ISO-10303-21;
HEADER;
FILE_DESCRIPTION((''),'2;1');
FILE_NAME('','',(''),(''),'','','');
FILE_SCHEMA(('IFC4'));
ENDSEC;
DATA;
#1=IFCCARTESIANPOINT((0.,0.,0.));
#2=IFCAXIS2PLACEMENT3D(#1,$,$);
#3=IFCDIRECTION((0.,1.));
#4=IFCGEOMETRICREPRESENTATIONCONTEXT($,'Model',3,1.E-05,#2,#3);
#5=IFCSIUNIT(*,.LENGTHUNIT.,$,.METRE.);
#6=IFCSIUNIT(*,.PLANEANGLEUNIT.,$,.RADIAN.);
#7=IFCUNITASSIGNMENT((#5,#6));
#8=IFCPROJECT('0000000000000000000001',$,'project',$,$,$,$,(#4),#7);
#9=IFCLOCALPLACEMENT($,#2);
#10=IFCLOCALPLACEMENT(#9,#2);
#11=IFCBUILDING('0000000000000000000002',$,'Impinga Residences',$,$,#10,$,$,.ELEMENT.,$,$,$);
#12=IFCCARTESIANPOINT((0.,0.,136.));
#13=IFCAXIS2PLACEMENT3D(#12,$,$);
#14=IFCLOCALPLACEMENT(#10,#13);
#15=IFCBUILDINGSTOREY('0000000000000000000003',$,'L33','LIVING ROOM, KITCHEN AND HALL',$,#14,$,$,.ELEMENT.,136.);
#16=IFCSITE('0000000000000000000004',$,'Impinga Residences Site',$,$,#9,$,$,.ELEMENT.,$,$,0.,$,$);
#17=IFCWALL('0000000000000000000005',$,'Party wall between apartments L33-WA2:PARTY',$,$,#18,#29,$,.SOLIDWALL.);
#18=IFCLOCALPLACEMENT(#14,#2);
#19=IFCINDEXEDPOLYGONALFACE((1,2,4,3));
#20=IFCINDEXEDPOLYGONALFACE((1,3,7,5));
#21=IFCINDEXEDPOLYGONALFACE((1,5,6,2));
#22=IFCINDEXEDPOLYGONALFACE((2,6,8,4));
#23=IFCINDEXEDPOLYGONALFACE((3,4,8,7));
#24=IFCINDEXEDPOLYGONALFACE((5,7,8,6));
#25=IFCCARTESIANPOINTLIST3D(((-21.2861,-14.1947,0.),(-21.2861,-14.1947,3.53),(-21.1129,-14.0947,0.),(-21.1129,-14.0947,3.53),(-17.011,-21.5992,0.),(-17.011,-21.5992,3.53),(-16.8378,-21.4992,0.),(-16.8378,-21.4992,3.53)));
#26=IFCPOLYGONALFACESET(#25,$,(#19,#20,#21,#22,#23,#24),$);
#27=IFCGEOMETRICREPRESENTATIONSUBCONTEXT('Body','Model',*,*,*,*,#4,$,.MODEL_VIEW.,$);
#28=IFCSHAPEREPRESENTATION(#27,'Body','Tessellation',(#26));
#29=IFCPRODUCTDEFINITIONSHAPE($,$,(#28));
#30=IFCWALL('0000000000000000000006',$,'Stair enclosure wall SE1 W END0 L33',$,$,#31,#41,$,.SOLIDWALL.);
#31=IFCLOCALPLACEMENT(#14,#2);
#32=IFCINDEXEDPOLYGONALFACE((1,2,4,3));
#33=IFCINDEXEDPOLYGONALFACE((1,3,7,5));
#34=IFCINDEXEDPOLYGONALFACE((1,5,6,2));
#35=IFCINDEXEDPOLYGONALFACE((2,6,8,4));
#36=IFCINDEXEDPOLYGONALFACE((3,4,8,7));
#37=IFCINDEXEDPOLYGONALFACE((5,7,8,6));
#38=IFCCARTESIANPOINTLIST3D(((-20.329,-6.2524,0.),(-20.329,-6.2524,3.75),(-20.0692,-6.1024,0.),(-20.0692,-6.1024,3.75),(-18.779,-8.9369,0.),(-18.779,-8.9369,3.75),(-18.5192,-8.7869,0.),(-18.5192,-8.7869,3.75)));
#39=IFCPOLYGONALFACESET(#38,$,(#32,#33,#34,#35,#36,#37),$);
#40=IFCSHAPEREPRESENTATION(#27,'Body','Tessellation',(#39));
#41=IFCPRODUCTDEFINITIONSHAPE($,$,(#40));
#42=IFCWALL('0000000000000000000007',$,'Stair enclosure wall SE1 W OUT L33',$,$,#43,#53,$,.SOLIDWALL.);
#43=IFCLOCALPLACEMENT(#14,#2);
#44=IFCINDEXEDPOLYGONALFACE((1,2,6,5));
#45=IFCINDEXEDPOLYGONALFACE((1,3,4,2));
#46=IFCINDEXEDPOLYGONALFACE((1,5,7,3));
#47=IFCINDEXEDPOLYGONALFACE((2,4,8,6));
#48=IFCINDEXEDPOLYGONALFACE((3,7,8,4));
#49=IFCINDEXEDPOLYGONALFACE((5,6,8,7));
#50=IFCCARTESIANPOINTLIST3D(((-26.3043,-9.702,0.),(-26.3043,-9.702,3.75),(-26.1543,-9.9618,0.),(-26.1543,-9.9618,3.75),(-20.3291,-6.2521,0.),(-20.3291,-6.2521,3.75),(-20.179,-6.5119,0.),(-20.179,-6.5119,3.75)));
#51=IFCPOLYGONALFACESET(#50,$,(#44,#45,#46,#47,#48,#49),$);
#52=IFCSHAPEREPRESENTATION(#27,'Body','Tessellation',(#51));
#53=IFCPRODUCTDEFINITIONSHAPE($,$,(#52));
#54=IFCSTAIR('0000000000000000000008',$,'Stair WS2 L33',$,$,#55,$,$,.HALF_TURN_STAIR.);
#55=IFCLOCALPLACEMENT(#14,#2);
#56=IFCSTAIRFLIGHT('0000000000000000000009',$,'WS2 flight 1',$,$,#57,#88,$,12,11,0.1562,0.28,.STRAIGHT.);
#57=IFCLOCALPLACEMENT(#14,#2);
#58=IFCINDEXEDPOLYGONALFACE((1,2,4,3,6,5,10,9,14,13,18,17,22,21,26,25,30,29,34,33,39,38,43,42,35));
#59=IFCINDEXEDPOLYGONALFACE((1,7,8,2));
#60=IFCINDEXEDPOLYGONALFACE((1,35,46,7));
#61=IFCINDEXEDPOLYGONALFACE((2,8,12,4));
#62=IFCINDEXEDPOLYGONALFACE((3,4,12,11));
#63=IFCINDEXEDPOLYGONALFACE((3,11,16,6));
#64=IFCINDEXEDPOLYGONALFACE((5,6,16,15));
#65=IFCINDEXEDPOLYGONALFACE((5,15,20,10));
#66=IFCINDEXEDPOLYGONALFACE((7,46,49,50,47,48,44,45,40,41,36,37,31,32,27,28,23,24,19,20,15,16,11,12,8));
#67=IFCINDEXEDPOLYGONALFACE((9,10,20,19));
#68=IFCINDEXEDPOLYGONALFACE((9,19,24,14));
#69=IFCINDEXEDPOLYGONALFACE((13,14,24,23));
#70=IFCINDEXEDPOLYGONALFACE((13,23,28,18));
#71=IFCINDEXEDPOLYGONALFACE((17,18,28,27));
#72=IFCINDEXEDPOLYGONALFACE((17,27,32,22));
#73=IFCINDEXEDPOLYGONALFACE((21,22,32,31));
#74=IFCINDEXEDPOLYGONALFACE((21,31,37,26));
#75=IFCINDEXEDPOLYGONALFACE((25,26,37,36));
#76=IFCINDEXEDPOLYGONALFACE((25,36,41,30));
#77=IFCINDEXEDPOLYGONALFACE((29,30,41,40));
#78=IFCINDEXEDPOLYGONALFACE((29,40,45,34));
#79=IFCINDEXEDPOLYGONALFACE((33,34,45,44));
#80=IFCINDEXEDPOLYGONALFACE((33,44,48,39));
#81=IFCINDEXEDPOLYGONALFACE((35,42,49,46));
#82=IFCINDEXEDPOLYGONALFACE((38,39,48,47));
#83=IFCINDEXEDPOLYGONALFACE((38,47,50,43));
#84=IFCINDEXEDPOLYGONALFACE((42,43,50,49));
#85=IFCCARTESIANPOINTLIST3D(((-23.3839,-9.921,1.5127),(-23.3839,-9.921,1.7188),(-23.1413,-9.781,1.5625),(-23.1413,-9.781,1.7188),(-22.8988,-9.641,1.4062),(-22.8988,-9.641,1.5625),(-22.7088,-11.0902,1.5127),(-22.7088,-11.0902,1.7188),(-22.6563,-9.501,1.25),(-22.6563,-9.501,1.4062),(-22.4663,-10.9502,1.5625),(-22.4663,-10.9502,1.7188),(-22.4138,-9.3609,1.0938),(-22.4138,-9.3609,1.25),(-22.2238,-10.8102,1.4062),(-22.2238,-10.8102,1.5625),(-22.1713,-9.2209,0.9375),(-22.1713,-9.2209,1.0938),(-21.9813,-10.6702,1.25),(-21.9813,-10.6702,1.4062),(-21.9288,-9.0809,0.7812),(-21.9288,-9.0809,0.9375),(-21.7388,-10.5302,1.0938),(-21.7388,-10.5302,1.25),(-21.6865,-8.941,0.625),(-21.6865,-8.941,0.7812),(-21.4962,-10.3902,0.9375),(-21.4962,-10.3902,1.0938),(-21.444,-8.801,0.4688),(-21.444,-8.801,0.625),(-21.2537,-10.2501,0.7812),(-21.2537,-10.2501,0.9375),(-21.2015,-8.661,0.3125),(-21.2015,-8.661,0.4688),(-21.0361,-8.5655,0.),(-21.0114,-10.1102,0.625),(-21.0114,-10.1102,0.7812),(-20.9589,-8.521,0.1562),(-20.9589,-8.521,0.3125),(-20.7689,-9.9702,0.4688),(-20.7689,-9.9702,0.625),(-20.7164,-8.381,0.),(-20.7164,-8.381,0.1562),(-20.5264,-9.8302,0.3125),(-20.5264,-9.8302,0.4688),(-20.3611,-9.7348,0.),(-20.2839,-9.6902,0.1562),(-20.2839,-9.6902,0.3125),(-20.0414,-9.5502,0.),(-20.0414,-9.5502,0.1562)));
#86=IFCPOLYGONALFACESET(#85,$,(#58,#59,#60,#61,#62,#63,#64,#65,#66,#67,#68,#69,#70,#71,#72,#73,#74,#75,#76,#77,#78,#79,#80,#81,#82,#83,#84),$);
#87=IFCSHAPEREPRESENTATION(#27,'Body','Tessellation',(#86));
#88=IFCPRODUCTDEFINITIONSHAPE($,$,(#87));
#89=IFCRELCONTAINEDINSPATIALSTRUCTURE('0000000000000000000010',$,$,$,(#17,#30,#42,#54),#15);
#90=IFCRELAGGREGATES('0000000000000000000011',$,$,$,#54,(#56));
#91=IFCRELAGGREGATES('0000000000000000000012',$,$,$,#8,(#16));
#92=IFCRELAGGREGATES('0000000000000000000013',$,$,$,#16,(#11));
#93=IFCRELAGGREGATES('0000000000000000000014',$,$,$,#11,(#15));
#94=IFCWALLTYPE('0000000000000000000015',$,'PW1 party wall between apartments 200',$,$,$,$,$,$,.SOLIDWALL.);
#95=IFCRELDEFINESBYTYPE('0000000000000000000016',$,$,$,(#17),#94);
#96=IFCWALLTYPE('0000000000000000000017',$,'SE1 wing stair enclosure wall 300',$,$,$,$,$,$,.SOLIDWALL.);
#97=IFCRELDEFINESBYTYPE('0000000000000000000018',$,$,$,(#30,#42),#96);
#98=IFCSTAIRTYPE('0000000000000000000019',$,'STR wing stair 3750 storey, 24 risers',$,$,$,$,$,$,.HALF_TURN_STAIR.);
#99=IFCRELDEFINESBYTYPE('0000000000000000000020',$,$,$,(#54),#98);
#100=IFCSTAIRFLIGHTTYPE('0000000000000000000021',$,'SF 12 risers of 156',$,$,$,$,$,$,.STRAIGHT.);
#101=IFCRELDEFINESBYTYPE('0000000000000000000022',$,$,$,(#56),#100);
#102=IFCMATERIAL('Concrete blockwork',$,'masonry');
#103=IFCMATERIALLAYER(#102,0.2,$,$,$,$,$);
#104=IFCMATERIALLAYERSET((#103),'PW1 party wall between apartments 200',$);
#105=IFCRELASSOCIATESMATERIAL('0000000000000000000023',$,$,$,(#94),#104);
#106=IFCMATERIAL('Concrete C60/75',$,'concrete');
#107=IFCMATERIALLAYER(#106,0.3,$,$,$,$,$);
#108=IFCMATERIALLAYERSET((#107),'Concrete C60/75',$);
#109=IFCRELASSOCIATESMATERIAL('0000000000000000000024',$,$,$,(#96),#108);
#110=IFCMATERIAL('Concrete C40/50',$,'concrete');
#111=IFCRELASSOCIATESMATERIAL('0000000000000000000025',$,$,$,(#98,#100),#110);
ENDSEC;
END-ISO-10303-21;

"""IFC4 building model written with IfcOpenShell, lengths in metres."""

from ifc_helpers import new_model, si_unit, direction, frame, frame_2d, origin, place, context, subcontext, project, spatial, polyline, rectangle, outline, extrude, material, layer, layer_set, type_object, element, aggregate, save


model = new_model("IFC4")

# Units and contexts
model_context = context("Model", 3, precision=1e-05, world=origin(), true_north=direction((0.0, 1.0)))
body_context = subcontext(model_context, "Body", "Model", "MODEL_VIEW")
ifc_project = project(units=[si_unit("LENGTHUNIT", "METRE"), si_unit("PLANEANGLEUNIT", "RADIAN")], contexts=[model_context])

# Site, building, storey
site_placement = place(None, origin())
site = spatial("IfcSite", under=ifc_project, at=site_placement, Name="Impinga Residences Site", CompositionType="ELEMENT", RefElevation=0.0)
building_placement = place(site_placement, origin())
building = spatial("IfcBuilding", under=site, at=building_placement, Name="Impinga Residences", CompositionType="ELEMENT")
storey_placement = place(building_placement, frame((0.0, 0.0, 136.0)))
storey = spatial("IfcBuildingStorey", under=building, at=storey_placement, Name="L33", Description="LIVING ROOM, KITCHEN AND HALL", CompositionType="ELEMENT", Elevation=136.0)

# Shared definitions
ifc_material_1 = material(Name="Concrete C60/75", Category="concrete")

# Shared definitions
ifc_material_2 = material(Name="Concrete blockwork", Category="masonry")

# Walls
ifc_layer_1 = layer(ifc_material_2, 0.2)
ifc_layer_set_1 = layer_set([ifc_layer_1], Name="PW1 party wall between apartments 200")
wall_type_1 = type_object("IfcWallType", Name="PW1 party wall between apartments 200", PredefinedType="SOLIDWALL", material=ifc_layer_set_1)
wall_1_placement = place(storey_placement, frame((-21.1995, -14.1448, 0.0), z_axis=(0.0, 0.0, 1.0), x_axis=(0.500012, -0.866019, 0.0)))
element("IfcWall", 1, at=wall_1_placement, inside=storey, type_object=wall_type_1, Name="Party wall between apartments L33-WA2:PARTY", PredefinedType="SOLIDWALL", context=body_context, shape_type="SweptSolid", body=[
    extrude(rectangle(XDim=8.55, YDim=0.2, at=frame_2d((4.2749, 0.0))), origin(), (0.0, 0.0, 1.0), 3.53),
])
ifc_layer_2 = layer(ifc_material_1, 0.3)
ifc_layer_set_2 = layer_set([ifc_layer_2], Name="Concrete C60/75")
wall_type_2 = type_object("IfcWallType", Name="SE1 wing stair enclosure wall 300", PredefinedType="SOLIDWALL", material=ifc_layer_set_2)
wall_2_placement = place(storey_placement, frame((-18.6492, -8.8618, 0.0), z_axis=(0.0, 0.0, 1.0), x_axis=(-0.500027, 0.86601, 0.0)))
element("IfcWall", 2, at=wall_2_placement, inside=storey, type_object=wall_type_2, Name="Stair enclosure wall SE1 W END0 L33", PredefinedType="SOLIDWALL", context=body_context, shape_type="SweptSolid", body=[
    extrude(rectangle(XDim=3.0999, YDim=0.3, at=frame_2d((1.5498, 0.0))), origin(), (0.0, 0.0, 1.0), 3.75),
])
wall_3_placement = place(storey_placement, frame((-20.2542, -6.3821, 0.0), z_axis=(0.0, 0.0, 1.0), x_axis=(-0.86602, -0.500009, 0.0)))
element("IfcWall", 3, at=wall_3_placement, inside=storey, type_object=wall_type_2, Name="Stair enclosure wall SE1 W OUT L33", PredefinedType="SOLIDWALL", context=body_context, shape_type="SweptSolid", body=[
    extrude(rectangle(XDim=6.8997, YDim=0.3, at=frame_2d((3.4497, 0.0))), origin(), (0.0, 0.0, 1.0), 3.75),
])

# Stair, stair flight
ifc_material_3 = material(Name="Concrete C40/50", Category="concrete")
stair_type = type_object("IfcStairType", Name="STR wing stair 3750 storey, 24 risers", PredefinedType="HALF_TURN_STAIR", material=ifc_material_3)
stair_placement = place(storey_placement, origin())
stair = element("IfcStair", 4, at=stair_placement, inside=storey, type_object=stair_type, Name="Stair WS2 L33", PredefinedType="HALF_TURN_STAIR")
stair_flight_type = type_object("IfcStairFlightType", Name="SF 12 risers of 156", PredefinedType="STRAIGHT", material=ifc_material_3)
stair_flight_placement = place(storey_placement, frame((-20.3789, -8.9656, 0.0), z_axis=(0.0, 0.0, 1.0), x_axis=(-0.866025, -0.5, 0.0)))
stair_flight = element("IfcStairFlight", 5, at=stair_flight_placement, type_object=stair_flight_type, Name="WS2 flight 1", NumberOfRisers=12, NumberOfTreads=11, PredefinedType="STRAIGHT", RiserHeight=0.1562, TreadLength=0.28, context=body_context, shape_type="SweptSolid", body=[
    extrude(outline(polyline([(0.0, 0.0), (0.0, 0.1562), (0.28, 0.1562), (0.28, 0.3125), (0.5601, 0.3125), (0.5601, 0.4688), (0.8401, 0.4688), (0.8401, 0.625), (1.1201, 0.625), (1.1201, 0.7812), (1.3999, 0.7812), (1.3999, 0.9375), (1.6799, 0.9375), (1.6799, 1.0938), (1.96, 1.0938), (1.96, 1.25), (2.24, 1.25), (2.24, 1.4062), (2.52, 1.4062), (2.52, 1.5625), (2.8, 1.5625), (2.8, 1.7188), (3.0801, 1.7188), (3.0801, 1.875), (3.0801, 1.5127), (0.3691, 0.0), (0.0, 0.0)])), frame((0.0, 0.675, 0.0), z_axis=(0.0, -1.0, 0.0), x_axis=(1.0, 0.0, 0.0)), (0.0, 0.0, 1.0), 1.3501),
])
aggregate(stair, [stair_flight])

save(model, "model.ifc")
